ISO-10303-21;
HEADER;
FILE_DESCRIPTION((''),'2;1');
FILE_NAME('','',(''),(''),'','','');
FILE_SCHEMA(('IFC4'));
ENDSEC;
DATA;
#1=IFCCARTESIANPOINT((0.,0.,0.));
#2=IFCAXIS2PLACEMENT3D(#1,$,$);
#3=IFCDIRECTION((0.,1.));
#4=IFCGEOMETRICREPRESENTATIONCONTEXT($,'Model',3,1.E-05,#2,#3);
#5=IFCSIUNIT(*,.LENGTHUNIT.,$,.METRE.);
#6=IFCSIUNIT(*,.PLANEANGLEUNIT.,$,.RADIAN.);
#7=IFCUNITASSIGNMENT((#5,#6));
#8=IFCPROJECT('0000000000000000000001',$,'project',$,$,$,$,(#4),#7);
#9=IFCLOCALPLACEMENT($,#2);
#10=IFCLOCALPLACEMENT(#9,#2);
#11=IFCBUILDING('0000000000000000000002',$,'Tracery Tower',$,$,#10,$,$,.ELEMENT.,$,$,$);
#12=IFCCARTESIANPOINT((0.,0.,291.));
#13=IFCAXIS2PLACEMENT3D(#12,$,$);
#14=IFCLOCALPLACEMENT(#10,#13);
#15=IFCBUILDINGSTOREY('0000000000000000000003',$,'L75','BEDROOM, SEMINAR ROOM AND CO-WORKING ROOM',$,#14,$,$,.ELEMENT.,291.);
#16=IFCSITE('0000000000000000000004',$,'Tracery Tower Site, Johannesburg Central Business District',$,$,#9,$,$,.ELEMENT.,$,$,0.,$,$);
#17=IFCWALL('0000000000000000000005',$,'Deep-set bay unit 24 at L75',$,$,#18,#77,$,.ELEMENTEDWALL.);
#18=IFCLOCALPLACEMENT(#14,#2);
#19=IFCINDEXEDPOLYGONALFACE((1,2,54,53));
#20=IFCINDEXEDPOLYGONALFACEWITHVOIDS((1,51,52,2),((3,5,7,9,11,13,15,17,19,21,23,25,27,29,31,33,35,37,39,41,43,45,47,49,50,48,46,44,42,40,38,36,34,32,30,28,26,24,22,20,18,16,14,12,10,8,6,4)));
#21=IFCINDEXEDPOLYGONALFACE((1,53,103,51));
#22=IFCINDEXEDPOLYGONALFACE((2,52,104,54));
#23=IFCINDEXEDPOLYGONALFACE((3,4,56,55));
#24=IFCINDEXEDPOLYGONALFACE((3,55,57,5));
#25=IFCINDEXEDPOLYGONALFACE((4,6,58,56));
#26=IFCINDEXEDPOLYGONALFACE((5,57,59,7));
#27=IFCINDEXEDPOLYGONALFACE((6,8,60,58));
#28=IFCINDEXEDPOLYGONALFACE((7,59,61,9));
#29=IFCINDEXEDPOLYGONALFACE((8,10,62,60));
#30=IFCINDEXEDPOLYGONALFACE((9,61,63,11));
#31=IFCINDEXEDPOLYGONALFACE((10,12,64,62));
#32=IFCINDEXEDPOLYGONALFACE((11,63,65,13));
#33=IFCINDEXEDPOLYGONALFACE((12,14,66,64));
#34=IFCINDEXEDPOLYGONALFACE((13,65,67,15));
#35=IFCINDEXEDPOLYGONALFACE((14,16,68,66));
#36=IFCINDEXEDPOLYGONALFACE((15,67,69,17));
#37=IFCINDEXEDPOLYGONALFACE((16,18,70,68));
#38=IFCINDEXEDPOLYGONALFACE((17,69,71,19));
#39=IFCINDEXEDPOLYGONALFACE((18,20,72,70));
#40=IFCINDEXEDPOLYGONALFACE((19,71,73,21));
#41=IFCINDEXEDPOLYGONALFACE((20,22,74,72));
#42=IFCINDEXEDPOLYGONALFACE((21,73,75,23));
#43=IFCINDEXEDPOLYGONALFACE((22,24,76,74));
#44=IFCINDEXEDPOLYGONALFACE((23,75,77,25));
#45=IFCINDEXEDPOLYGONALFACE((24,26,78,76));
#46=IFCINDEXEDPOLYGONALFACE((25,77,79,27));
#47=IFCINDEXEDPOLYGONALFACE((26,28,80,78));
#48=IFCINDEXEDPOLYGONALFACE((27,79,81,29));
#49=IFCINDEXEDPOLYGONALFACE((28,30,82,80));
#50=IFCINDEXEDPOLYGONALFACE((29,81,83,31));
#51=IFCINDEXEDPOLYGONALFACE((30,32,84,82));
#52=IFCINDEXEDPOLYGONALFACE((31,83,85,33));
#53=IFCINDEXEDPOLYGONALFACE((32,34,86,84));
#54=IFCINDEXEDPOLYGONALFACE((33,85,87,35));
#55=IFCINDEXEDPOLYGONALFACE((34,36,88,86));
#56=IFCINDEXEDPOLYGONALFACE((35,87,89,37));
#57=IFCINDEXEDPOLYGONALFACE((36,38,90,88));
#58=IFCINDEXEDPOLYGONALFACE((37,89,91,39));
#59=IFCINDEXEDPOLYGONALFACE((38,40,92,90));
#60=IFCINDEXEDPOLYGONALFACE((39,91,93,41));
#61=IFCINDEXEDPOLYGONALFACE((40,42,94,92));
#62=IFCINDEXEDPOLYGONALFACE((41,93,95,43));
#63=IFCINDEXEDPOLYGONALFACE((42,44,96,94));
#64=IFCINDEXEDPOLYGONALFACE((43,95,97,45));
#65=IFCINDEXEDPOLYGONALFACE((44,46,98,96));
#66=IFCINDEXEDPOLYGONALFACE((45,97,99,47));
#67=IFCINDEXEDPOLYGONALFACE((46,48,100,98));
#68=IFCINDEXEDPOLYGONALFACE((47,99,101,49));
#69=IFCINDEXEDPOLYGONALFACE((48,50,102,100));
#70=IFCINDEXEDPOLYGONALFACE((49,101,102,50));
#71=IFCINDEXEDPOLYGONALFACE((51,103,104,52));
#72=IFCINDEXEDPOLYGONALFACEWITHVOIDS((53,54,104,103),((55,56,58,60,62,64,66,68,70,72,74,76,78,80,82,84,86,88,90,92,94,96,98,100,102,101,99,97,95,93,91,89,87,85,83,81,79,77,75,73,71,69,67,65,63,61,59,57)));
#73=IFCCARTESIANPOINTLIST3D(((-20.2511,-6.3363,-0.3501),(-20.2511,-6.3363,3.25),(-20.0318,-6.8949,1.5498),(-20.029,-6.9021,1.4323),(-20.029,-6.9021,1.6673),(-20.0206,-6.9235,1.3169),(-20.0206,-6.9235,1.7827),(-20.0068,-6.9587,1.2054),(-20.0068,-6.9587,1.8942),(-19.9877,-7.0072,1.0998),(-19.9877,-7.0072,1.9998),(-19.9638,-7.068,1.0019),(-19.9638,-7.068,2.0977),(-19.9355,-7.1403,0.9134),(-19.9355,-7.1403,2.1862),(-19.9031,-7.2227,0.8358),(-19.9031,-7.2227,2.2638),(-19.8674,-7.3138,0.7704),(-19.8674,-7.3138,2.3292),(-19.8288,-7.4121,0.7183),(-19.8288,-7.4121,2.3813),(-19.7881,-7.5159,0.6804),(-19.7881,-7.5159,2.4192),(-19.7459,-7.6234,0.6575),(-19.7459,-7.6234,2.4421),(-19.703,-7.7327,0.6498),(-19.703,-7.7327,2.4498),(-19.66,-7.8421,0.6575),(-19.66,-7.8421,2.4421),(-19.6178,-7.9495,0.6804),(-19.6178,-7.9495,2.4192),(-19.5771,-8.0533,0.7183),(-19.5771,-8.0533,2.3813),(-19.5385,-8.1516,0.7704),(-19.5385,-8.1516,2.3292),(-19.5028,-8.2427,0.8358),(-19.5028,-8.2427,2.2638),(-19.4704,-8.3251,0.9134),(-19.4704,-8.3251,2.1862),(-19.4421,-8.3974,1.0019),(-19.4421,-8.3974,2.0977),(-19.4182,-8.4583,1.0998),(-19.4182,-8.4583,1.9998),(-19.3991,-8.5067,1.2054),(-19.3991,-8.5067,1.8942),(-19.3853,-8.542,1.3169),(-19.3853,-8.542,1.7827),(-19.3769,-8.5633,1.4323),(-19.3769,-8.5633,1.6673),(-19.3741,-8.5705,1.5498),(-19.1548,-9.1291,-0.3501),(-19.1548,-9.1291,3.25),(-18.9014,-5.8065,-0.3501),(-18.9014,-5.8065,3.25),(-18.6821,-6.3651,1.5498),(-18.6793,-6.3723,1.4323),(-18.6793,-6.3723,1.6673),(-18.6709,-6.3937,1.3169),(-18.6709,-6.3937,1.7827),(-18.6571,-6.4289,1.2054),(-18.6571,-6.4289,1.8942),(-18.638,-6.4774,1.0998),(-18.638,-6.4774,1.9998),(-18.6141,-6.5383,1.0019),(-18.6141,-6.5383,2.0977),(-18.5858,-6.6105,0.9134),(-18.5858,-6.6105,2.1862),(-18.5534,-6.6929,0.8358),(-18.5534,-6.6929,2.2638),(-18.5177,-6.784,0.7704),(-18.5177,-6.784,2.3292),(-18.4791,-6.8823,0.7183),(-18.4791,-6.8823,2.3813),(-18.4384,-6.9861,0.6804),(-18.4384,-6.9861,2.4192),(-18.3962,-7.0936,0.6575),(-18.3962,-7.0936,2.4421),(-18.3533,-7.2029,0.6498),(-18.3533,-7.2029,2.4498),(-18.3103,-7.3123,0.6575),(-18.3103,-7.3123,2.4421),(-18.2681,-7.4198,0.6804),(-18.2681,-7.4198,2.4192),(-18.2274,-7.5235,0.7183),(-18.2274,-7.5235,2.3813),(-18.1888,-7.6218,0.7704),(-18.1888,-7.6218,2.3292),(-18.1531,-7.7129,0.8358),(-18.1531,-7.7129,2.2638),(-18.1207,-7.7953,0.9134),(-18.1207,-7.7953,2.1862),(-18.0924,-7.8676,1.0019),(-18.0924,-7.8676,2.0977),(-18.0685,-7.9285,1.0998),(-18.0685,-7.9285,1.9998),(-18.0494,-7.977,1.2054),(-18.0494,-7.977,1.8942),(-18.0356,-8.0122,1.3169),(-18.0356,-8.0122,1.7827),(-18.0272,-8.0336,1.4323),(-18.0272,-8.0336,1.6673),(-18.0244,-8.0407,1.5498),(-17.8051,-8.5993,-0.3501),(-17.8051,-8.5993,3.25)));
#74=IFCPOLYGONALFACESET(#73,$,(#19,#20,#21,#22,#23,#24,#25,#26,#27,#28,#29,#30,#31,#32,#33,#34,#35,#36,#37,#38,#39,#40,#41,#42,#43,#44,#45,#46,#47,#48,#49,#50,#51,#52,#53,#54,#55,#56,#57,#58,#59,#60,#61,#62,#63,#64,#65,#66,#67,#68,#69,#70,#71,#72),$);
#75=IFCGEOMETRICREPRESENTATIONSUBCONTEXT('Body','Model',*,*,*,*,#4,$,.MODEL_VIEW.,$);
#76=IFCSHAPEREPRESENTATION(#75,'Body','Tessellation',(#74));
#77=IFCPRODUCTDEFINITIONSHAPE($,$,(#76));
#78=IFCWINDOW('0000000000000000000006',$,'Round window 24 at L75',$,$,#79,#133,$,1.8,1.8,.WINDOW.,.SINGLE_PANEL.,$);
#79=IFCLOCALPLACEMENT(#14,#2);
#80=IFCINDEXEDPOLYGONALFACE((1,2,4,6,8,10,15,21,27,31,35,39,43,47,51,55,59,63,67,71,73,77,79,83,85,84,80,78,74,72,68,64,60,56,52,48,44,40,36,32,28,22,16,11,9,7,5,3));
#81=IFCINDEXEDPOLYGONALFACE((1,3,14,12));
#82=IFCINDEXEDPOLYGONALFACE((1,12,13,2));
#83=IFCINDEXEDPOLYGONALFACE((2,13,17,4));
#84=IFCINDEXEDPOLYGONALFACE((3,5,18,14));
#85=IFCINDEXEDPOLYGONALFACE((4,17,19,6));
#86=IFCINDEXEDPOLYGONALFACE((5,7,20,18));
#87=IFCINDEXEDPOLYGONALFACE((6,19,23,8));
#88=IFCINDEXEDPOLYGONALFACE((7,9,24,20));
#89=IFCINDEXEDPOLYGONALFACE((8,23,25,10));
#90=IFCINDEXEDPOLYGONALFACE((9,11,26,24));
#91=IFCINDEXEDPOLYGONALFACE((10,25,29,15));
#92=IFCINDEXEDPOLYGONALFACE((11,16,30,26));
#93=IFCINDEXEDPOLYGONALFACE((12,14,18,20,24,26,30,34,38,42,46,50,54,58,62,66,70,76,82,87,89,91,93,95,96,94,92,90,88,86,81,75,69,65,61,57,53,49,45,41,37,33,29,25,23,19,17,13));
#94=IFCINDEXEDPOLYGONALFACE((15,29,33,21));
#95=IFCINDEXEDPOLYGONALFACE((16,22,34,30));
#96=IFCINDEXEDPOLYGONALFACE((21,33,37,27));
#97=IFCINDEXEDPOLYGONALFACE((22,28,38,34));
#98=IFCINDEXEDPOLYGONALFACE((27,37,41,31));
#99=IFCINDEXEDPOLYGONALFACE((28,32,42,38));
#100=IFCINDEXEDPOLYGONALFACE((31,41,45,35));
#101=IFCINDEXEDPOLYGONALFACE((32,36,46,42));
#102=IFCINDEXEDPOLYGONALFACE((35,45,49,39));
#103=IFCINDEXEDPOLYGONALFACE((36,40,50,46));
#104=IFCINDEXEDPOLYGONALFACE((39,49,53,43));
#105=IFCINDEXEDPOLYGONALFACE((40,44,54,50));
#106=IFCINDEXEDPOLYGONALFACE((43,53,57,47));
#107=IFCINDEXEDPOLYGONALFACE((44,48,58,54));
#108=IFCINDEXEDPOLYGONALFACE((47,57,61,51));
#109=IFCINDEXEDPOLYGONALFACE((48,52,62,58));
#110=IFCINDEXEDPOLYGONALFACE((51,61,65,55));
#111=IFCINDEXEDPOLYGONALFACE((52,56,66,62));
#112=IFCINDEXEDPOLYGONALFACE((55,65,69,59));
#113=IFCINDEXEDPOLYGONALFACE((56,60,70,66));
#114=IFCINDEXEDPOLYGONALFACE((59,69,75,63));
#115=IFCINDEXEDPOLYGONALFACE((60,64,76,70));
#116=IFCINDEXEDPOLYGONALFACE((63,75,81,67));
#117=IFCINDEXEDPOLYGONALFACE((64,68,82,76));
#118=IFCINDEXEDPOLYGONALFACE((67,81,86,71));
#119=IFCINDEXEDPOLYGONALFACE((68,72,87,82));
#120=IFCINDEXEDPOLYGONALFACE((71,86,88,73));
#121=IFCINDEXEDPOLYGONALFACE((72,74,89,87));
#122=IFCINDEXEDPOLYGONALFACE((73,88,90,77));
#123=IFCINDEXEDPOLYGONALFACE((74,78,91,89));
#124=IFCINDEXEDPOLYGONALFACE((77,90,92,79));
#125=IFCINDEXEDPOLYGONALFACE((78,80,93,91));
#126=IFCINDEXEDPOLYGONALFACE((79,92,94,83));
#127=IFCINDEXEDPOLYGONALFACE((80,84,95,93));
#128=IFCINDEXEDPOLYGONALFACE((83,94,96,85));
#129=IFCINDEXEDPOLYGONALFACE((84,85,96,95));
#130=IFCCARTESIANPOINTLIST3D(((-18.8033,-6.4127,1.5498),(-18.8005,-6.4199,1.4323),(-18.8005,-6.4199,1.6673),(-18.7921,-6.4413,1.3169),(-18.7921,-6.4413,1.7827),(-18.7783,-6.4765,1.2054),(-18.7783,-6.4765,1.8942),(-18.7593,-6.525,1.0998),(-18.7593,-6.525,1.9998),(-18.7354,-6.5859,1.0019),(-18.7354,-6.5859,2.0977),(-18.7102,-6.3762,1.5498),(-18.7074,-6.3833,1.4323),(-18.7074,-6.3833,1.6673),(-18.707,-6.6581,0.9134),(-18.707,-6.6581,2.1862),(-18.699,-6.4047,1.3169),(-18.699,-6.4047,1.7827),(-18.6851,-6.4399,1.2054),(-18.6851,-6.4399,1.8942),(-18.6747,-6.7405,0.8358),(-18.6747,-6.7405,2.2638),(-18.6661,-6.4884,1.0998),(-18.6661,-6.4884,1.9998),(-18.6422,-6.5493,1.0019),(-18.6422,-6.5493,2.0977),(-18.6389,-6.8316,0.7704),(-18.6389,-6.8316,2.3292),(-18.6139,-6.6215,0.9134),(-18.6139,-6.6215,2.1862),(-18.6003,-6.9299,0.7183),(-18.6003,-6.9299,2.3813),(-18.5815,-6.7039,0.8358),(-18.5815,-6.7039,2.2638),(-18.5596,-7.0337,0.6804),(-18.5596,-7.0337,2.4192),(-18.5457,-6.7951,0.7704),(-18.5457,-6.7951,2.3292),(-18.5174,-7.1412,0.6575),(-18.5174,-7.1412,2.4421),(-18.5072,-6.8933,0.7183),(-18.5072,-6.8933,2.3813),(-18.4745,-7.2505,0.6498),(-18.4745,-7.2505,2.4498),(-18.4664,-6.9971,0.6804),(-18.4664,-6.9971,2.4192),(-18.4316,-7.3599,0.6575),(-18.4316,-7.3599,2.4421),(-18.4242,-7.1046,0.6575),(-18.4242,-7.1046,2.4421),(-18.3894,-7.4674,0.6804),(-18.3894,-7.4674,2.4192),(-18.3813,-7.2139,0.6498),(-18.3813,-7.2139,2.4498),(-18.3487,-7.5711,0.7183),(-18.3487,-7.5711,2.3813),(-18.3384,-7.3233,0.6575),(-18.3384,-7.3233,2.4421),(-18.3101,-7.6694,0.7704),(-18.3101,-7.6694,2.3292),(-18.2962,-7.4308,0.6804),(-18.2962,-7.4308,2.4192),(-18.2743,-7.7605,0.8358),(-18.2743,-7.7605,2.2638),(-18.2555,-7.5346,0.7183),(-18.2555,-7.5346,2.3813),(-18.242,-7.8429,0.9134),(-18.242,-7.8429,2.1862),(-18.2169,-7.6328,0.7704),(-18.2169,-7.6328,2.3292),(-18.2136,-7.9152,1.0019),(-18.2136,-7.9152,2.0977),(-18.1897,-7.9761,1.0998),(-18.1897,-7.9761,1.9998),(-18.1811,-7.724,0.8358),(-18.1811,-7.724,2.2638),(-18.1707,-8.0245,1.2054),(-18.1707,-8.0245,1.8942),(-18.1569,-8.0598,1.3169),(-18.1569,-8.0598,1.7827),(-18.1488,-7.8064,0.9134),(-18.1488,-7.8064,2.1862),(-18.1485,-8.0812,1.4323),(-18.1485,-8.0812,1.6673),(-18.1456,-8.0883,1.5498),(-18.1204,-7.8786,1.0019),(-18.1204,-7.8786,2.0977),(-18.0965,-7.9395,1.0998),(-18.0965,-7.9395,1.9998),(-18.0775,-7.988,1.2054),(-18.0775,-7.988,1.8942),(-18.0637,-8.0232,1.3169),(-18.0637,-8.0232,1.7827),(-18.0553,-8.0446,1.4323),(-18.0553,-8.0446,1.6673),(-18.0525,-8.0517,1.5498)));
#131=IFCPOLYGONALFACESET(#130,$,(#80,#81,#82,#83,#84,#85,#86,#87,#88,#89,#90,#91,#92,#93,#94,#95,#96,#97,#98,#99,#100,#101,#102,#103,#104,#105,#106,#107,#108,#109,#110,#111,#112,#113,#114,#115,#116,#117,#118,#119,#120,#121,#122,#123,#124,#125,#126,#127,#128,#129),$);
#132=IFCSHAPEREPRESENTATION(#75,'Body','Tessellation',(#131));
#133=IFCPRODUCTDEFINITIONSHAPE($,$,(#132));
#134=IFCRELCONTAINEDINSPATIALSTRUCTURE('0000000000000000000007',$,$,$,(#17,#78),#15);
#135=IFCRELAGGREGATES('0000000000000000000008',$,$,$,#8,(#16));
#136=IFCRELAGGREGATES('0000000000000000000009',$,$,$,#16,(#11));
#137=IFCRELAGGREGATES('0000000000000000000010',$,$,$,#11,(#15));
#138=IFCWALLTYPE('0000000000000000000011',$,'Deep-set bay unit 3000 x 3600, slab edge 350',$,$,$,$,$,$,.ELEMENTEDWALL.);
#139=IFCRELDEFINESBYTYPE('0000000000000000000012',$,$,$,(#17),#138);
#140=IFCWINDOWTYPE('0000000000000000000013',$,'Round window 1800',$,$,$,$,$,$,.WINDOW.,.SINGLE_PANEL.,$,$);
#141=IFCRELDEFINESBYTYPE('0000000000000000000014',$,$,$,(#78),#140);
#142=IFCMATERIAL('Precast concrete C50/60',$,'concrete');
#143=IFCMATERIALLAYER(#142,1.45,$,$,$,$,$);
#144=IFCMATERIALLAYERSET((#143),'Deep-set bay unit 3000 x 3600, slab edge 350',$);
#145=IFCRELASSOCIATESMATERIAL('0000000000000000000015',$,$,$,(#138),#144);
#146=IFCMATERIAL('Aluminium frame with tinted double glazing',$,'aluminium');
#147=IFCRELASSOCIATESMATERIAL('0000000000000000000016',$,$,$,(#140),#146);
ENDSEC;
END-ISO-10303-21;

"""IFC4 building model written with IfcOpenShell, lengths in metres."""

from ifc_helpers import new_model, si_unit, direction, frame, frame_2d, origin, origin_2d, place, context, subcontext, project, spatial, rectangle, circle, extrude, material, layer, layer_set, type_object, element, fill, save


model = new_model("IFC4")

# Units and contexts
model_context = context("Model", 3, precision=1e-05, world=origin(), true_north=direction((0.0, 1.0)))
body_context = subcontext(model_context, "Body", "Model", "MODEL_VIEW")
ifc_project = project(units=[si_unit("LENGTHUNIT", "METRE"), si_unit("PLANEANGLEUNIT", "RADIAN")], contexts=[model_context])

# Site, building, storey
site_placement = place(None, origin())
site = spatial("IfcSite", under=ifc_project, at=site_placement, Name="Tracery Tower Site, Johannesburg Central Business District", CompositionType="ELEMENT", RefElevation=0.0)
building_placement = place(site_placement, origin())
building = spatial("IfcBuilding", under=site, at=building_placement, Name="Tracery Tower", CompositionType="ELEMENT")
storey_placement = place(building_placement, frame((0.0, 0.0, 291.0)))
storey = spatial("IfcBuildingStorey", under=building, at=storey_placement, Name="L75", Description="BEDROOM, SEMINAR ROOM AND CO-WORKING ROOM", CompositionType="ELEMENT", Elevation=291.0)

# Wall, opening, window
ifc_material_1 = material(Name="Precast concrete C50/60", Category="concrete")
ifc_layer_1 = layer(ifc_material_1, 1.45)
ifc_layer_set_1 = layer_set([ifc_layer_1], Name="Deep-set bay unit 3000 x 3600, slab edge 350")
wall_type_1 = type_object("IfcWallType", Name="Deep-set bay unit 3000 x 3600, slab edge 350", PredefinedType="ELEMENTEDWALL", material=ifc_layer_set_1)
wall_1_placement = place(storey_placement, frame((-19.5762, -6.0715, -0.3501), z_axis=(0.0, 0.0, 1.0), x_axis=(0.365378, -0.930859, 0.0)))
wall_1 = element("IfcWall", 1, at=wall_1_placement, inside=storey, type_object=wall_type_1, Name="Deep-set bay unit 24 at L75", PredefinedType="ELEMENTEDWALL", context=body_context, shape_type="SweptSolid", body=[
    extrude(rectangle(XDim=3.0002, YDim=1.45, at=frame_2d((1.5, 0.0))), origin(), (0.0, 0.0, 1.0), 3.6001),
])
opening_1_placement = place(wall_1_placement, frame((1.5, 0.0, 1.8999)))
opening_1 = element("IfcOpeningElement", 2, at=opening_1_placement, cuts=wall_1, PredefinedType="OPENING", context=body_context, shape_type="SweptSolid", body=[
    extrude(circle(Radius=0.9, at=origin_2d()), frame((0.0, 0.7349, 0.0), z_axis=(0.0, -1.0, 0.0), x_axis=(1.0, 0.0, 0.0)), (0.0, 0.0, 1.0), 1.47),
])
ifc_material_2 = material(Name="Aluminium frame with tinted double glazing", Category="aluminium")
window_type = type_object("IfcWindowType", Name="Round window 1800", PartitioningType="SINGLE_PANEL", PredefinedType="WINDOW", material=ifc_material_2)
window_1_placement = place(opening_1_placement, origin())
window_1 = element("IfcWindow", 3, at=window_1_placement, inside=storey, type_object=window_type, Name="Round window 24 at L75", OverallHeight=1.8, OverallWidth=1.8, PartitioningType="SINGLE_PANEL", PredefinedType="WINDOW", context=body_context, shape_type="SweptSolid", body=[
    extrude(circle(Radius=0.9, at=origin_2d()), frame((0.0, 0.6948, 0.0), z_axis=(0.0, -1.0, 0.0), x_axis=(1.0, 0.0, 0.0)), (0.0, 0.0, 1.0), 0.1001),
])
fill(opening_1, window_1)

save(model, "model.ifc")
